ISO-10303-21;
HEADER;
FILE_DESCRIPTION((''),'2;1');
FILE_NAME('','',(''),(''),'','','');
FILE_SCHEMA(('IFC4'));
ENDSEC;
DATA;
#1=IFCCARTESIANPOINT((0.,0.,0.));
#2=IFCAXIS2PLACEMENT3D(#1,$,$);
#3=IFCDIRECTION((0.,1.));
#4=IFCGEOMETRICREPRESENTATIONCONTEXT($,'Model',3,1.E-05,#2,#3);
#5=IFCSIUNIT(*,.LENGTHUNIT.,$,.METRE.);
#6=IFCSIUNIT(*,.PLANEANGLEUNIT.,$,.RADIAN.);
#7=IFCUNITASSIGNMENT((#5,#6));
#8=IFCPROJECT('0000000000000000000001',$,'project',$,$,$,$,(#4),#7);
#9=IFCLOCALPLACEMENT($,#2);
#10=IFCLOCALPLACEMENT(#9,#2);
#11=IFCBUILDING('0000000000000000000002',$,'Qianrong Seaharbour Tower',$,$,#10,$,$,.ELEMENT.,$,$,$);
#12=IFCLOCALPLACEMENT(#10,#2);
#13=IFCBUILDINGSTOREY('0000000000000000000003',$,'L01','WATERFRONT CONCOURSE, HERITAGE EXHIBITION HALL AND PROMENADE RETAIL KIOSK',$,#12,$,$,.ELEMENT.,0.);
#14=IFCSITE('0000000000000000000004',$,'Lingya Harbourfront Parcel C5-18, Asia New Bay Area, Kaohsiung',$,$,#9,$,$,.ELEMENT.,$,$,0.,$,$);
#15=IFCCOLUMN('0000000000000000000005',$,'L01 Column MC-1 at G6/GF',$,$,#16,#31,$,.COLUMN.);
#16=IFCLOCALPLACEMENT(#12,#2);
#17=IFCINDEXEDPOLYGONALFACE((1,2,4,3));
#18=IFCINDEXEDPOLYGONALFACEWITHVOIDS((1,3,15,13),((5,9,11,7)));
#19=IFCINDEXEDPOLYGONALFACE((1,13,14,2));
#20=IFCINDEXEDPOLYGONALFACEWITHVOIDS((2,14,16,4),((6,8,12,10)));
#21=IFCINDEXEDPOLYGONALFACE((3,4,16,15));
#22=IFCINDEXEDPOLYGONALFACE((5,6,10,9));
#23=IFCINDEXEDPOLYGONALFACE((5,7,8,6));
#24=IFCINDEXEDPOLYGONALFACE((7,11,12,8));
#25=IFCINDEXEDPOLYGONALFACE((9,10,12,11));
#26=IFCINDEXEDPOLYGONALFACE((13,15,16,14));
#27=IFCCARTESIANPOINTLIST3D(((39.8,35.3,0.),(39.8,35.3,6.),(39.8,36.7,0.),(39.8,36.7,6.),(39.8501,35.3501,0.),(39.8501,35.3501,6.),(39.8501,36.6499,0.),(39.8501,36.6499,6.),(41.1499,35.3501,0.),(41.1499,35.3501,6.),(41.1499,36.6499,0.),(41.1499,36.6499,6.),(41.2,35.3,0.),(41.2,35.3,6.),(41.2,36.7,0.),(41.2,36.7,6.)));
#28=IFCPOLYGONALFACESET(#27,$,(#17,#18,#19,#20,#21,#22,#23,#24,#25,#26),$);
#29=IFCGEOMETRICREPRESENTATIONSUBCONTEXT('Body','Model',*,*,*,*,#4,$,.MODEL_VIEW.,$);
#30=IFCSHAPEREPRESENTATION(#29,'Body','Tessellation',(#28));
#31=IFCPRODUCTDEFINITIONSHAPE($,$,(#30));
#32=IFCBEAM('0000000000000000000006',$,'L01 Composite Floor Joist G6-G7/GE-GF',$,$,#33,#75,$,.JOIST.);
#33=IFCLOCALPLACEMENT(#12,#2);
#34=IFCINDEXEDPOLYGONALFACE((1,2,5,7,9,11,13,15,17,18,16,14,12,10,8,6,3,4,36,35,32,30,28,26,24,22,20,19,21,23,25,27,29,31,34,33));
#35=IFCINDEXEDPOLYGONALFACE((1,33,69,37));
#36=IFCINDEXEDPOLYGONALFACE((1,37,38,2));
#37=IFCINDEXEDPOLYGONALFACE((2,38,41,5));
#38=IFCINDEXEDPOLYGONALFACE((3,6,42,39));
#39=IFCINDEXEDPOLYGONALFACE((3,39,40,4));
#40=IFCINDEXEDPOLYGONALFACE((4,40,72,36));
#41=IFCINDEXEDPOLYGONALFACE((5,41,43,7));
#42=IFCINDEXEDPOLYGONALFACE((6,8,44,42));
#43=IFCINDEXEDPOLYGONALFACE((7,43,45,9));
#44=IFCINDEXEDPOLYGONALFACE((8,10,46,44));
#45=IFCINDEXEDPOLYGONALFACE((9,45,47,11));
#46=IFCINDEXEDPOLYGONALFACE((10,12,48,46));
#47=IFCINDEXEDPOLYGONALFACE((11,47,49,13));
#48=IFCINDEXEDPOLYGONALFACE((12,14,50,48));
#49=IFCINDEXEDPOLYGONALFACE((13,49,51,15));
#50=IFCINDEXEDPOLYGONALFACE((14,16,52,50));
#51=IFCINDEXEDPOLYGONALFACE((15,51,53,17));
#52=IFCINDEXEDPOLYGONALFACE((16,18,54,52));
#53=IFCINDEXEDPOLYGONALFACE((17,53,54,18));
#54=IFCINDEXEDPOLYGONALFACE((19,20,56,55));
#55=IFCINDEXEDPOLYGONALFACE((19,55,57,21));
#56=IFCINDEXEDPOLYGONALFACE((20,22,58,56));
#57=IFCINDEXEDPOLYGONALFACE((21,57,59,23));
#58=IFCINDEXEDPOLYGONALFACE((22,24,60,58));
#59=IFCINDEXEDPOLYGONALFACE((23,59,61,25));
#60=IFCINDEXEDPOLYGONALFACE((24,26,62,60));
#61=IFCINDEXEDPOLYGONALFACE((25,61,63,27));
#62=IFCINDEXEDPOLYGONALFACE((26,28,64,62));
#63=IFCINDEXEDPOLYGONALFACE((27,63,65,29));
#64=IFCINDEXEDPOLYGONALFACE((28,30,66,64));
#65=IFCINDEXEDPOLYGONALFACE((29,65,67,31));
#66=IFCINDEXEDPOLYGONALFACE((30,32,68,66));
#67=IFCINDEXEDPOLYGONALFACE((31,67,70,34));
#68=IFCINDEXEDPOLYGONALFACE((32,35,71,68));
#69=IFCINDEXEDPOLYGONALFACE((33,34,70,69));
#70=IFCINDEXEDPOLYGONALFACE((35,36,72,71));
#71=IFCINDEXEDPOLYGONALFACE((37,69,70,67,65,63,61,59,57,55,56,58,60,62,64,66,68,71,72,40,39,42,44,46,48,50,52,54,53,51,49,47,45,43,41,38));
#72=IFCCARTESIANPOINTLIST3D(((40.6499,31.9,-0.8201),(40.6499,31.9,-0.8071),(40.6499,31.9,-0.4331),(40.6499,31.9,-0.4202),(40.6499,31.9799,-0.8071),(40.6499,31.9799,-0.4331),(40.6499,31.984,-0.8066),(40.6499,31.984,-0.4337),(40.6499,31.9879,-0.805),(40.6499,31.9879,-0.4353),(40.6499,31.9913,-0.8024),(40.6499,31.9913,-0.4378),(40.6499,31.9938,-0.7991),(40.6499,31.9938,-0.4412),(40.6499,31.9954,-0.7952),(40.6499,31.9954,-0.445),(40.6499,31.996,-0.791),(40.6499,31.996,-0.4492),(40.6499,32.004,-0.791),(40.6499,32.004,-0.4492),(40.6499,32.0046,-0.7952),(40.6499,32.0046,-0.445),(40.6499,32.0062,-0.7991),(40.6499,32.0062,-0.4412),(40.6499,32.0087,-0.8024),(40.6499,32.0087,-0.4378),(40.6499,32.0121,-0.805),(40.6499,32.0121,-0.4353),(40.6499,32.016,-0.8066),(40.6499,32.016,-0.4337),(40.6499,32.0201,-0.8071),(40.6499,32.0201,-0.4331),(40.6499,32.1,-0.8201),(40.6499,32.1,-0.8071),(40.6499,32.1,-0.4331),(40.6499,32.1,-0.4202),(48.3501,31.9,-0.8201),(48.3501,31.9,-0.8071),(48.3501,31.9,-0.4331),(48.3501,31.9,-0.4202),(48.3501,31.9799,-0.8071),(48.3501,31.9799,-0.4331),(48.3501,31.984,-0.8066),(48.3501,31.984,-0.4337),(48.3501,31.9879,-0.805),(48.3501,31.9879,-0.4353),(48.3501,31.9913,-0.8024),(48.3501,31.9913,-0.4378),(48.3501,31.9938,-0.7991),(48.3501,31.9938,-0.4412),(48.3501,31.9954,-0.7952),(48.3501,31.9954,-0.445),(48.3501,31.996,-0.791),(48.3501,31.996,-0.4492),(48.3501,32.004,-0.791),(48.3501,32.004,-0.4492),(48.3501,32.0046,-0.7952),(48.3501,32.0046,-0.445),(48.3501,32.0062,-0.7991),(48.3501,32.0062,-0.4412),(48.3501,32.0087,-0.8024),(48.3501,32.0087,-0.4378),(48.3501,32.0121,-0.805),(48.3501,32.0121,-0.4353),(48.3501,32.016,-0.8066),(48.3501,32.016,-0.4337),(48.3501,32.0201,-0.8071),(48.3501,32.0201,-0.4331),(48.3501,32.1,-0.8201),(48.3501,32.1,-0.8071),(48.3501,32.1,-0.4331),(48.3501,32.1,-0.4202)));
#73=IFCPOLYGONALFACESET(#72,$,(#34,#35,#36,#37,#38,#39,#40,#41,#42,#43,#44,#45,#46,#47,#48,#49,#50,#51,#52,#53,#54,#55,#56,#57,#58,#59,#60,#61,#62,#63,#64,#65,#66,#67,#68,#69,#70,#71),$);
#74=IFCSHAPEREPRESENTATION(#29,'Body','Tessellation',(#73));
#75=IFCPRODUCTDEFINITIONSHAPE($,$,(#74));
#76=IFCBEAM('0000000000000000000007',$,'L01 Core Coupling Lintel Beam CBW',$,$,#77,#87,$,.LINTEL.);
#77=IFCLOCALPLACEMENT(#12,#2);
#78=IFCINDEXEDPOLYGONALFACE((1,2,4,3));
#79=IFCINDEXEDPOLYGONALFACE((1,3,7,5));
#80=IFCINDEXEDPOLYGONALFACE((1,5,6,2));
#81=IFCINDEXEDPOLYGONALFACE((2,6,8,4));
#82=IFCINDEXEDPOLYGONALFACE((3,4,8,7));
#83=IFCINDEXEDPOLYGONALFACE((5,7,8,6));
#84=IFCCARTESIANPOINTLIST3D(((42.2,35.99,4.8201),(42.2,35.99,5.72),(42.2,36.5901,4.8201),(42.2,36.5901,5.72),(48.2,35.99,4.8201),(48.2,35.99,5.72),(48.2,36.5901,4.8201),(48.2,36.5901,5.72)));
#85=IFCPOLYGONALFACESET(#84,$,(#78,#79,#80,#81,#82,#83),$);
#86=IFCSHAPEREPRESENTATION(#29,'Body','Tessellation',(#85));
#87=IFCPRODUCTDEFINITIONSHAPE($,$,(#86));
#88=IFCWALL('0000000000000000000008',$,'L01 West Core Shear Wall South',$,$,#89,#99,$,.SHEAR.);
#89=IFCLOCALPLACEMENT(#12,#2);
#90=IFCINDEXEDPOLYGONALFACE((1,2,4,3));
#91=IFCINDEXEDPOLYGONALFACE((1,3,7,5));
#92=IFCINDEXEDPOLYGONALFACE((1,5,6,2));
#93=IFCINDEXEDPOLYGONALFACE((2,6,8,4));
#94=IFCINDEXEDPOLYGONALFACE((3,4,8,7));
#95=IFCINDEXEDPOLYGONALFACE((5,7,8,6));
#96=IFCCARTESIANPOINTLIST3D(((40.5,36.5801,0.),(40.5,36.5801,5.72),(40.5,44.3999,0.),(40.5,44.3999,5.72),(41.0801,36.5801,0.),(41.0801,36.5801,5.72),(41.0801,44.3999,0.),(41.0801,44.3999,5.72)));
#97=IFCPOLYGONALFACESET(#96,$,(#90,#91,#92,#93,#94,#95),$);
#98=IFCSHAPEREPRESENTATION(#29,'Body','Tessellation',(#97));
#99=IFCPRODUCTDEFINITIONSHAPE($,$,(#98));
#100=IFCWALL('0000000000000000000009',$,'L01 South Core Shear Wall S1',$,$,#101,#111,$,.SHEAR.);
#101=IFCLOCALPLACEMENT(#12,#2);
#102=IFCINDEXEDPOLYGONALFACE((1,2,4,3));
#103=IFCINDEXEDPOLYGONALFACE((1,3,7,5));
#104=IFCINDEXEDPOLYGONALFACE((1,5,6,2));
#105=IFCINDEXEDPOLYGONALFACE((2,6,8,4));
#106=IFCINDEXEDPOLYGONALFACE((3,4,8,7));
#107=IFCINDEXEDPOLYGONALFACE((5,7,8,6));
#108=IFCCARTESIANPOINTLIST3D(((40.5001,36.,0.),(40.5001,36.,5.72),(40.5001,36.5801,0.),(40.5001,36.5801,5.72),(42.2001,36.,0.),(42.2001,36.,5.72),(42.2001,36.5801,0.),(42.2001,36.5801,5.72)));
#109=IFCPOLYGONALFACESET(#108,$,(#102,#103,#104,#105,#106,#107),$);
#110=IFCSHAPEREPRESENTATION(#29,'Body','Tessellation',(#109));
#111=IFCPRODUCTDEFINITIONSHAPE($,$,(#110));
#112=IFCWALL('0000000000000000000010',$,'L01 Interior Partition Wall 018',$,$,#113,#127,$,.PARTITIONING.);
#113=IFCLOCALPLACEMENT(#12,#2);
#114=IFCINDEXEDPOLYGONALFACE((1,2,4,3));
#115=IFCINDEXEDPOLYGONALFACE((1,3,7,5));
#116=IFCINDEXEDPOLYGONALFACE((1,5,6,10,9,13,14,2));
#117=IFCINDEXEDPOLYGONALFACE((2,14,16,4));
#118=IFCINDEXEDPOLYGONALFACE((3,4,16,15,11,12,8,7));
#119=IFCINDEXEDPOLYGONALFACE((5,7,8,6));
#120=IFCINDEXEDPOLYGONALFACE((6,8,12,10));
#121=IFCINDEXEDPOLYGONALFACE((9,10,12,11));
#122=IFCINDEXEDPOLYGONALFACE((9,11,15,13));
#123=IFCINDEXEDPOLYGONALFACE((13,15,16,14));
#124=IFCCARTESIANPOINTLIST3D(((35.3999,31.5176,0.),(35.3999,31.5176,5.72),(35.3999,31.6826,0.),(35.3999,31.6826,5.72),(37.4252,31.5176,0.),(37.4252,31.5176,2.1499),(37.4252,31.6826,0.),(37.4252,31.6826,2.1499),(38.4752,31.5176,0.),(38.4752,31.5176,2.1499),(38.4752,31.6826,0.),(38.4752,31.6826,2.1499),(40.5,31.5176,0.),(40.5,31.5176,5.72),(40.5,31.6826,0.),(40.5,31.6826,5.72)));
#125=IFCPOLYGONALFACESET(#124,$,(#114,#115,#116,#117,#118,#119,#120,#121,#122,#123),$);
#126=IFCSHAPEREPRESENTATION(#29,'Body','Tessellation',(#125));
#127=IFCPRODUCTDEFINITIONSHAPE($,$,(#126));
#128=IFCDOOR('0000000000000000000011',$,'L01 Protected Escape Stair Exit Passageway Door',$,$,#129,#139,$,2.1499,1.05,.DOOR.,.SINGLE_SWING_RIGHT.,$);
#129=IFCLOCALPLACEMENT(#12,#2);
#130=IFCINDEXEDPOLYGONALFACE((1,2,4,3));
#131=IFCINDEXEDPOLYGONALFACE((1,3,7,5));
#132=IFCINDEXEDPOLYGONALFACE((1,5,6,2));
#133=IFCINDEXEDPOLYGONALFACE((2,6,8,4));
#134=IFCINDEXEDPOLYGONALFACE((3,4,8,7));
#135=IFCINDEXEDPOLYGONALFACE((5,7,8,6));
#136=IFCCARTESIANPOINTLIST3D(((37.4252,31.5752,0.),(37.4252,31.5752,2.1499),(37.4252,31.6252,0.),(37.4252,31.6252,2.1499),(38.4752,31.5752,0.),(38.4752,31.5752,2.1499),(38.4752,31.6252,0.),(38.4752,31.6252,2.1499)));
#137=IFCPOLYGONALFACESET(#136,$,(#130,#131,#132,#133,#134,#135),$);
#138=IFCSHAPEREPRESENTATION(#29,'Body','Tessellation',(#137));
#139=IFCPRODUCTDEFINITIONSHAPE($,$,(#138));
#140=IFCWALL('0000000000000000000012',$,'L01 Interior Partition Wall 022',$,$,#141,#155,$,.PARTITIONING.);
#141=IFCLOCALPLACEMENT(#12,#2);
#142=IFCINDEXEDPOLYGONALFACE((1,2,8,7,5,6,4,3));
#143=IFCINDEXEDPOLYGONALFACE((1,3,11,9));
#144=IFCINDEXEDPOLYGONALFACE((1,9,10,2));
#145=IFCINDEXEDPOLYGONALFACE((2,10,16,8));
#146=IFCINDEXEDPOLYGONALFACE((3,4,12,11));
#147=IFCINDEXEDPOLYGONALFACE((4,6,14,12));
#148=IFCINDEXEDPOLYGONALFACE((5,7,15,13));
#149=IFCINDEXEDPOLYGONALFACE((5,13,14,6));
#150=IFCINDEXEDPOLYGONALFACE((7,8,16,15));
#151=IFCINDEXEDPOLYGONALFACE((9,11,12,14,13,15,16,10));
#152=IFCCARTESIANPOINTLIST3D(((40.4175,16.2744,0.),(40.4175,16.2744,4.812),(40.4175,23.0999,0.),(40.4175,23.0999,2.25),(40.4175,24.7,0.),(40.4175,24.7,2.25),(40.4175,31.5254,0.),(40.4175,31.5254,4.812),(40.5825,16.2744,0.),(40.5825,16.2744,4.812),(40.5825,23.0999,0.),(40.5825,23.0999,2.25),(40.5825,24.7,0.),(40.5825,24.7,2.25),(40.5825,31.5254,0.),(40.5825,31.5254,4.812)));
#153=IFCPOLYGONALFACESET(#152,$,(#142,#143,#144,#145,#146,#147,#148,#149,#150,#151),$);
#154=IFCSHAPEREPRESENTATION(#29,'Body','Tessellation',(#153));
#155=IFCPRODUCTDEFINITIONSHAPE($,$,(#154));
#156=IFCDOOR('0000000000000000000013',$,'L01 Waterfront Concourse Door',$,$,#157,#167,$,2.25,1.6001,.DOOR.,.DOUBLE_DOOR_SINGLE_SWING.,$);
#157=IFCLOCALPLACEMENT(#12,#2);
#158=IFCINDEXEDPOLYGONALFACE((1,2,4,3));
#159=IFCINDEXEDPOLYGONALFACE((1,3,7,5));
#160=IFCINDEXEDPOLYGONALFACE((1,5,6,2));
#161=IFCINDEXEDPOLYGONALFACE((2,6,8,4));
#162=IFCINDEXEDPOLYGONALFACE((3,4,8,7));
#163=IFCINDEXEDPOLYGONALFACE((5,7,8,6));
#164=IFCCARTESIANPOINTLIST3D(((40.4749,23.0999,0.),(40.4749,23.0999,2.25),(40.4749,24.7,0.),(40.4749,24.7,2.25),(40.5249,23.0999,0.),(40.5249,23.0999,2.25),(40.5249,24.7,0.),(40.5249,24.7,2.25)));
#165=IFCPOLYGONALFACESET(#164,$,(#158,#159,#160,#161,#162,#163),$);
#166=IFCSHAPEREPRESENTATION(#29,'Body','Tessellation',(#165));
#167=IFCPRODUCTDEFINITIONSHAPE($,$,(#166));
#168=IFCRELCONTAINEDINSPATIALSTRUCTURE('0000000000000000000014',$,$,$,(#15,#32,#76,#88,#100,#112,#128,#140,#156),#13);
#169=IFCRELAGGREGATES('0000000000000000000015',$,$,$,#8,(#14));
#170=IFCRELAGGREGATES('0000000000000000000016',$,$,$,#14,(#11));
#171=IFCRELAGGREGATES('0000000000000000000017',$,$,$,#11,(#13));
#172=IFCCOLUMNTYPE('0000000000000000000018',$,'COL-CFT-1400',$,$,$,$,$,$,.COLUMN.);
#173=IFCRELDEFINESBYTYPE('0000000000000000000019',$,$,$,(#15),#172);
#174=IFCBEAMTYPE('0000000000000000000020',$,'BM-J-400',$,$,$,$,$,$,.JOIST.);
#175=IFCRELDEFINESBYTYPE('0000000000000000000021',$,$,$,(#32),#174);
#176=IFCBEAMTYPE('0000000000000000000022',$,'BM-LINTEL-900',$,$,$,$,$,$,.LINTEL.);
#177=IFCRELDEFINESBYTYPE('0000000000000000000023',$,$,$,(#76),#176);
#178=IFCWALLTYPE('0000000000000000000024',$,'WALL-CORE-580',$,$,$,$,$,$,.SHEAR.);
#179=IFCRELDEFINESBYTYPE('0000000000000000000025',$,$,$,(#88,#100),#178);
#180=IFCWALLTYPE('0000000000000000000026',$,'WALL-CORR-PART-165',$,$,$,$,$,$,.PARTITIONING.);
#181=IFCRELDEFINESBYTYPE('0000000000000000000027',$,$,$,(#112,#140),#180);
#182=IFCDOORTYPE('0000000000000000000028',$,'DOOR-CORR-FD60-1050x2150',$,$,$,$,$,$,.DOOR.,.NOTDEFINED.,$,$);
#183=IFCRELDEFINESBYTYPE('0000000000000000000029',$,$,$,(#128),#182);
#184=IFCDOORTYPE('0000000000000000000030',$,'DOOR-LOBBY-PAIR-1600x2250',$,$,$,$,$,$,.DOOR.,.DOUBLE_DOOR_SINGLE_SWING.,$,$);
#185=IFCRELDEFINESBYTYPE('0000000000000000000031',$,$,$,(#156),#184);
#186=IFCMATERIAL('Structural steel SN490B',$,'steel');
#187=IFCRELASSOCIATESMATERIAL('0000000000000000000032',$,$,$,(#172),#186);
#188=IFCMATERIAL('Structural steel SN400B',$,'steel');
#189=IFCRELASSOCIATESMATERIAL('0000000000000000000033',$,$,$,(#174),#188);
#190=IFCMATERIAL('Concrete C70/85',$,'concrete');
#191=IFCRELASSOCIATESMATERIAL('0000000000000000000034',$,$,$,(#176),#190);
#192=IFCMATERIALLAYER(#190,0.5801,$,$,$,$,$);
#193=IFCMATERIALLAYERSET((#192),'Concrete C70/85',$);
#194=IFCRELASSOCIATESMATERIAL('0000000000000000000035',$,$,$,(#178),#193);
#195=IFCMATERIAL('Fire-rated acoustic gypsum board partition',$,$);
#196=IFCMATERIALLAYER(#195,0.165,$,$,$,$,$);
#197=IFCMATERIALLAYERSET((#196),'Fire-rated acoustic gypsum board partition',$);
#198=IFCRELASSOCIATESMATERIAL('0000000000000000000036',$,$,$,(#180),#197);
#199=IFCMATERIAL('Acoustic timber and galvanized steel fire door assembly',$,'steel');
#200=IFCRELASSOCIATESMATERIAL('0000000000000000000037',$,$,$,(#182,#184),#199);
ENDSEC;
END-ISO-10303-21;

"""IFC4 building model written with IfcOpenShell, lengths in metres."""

from ifc_helpers import new_model, si_unit, direction, frame, frame_2d, origin, origin_2d, place, context, subcontext, project, spatial, rectangle, hollow_rectangle, i_section, extrude, material, layer, layer_set, material_profile, profile_set, type_object, element, fill, save


model = new_model("IFC4")

# Units and contexts
model_context = context("Model", 3, precision=1e-05, world=origin(), true_north=direction((0.0, 1.0)))
body_context = subcontext(model_context, "Body", "Model", "MODEL_VIEW")
ifc_project = project(units=[si_unit("LENGTHUNIT", "METRE"), si_unit("PLANEANGLEUNIT", "RADIAN")], contexts=[model_context])

# Site, building, storey
site_placement = place(None, origin())
site = spatial("IfcSite", under=ifc_project, at=site_placement, Name="Lingya Harbourfront Parcel C5-18, Asia New Bay Area, Kaohsiung", CompositionType="ELEMENT", RefElevation=0.0)
building_placement = place(site_placement, origin())
building = spatial("IfcBuilding", under=site, at=building_placement, Name="Qianrong Seaharbour Tower", CompositionType="ELEMENT")
storey_placement = place(building_placement, origin())
storey = spatial("IfcBuildingStorey", under=building, at=storey_placement, Name="L01", Description="WATERFRONT CONCOURSE, HERITAGE EXHIBITION HALL AND PROMENADE RETAIL KIOSK", CompositionType="ELEMENT", Elevation=0.0)

# Column
ifc_material_1 = material(Name="Structural steel SN490B", Category="steel")
ifc_material_profile_1 = material_profile(ifc_material_1, hollow_rectangle(XDim=1.3999, YDim=1.3999, WallThickness=0.05, at=origin_2d()), Name="BOX1400x1400x50")
ifc_profile_set_1 = profile_set([ifc_material_profile_1], Name="Structural steel SN490B")
column_type = type_object("IfcColumnType", Name="COL-CFT-1400", PredefinedType="COLUMN", material=ifc_profile_set_1)
column_placement = place(storey_placement, frame((40.5, 36.0, 0.0), z_axis=(0.0, 0.0, 1.0), x_axis=(1.0, 0.0, 0.0)))
element("IfcColumn", 1, at=column_placement, inside=storey, type_object=column_type, Name="L01 Column MC-1 at G6/GF", PredefinedType="COLUMN", context=body_context, shape_type="SweptSolid", body=[
    extrude(hollow_rectangle(XDim=1.3999, YDim=1.3999, WallThickness=0.05, at=origin_2d()), origin(), (0.0, 0.0, 1.0), 6.0),
])

# Beams
ifc_material_2 = material(Name="Structural steel SN400B", Category="steel")
ifc_material_profile_2 = material_profile(ifc_material_2, i_section(OverallWidth=0.2, OverallDepth=0.3999, WebThickness=0.0081, FlangeThickness=0.0129, FilletRadius=0.0161, at=origin_2d()), Name="H400x200x8x13")
ifc_profile_set_2 = profile_set([ifc_material_profile_2], Name="Structural steel SN400B")
beam_type_1 = type_object("IfcBeamType", Name="BM-J-400", PredefinedType="JOIST", material=ifc_profile_set_2)
beam_1_placement = place(storey_placement, frame((40.6499, 32.0, -0.6201), z_axis=(1.0, 0.0, 0.0), x_axis=(0.0, 1.0, 0.0)))
element("IfcBeam", 2, at=beam_1_placement, inside=storey, type_object=beam_type_1, Name="L01 Composite Floor Joist G6-G7/GE-GF", PredefinedType="JOIST", context=body_context, shape_type="SweptSolid", body=[
    extrude(i_section(OverallWidth=0.2, OverallDepth=0.3999, WebThickness=0.0081, FlangeThickness=0.0129, FilletRadius=0.0161, at=origin_2d()), origin(), (0.0, 0.0, 1.0), 7.7002),
])
ifc_material_3 = material(Name="Concrete C70/85", Category="concrete")
ifc_material_profile_3 = material_profile(ifc_material_3, rectangle(XDim=0.6001, YDim=0.8999, at=origin_2d()), Name="RC600x900")
ifc_profile_set_3 = profile_set([ifc_material_profile_3], Name="Concrete C70/85")
beam_type_2 = type_object("IfcBeamType", Name="BM-LINTEL-900", PredefinedType="LINTEL", material=ifc_profile_set_3)
beam_2_placement = place(storey_placement, frame((42.2, 36.29, 5.27), z_axis=(1.0, 0.0, 0.0), x_axis=(0.0, 1.0, 0.0)))
element("IfcBeam", 3, at=beam_2_placement, inside=storey, type_object=beam_type_2, Name="L01 Core Coupling Lintel Beam CBW", PredefinedType="LINTEL", context=body_context, shape_type="SweptSolid", body=[
    extrude(rectangle(XDim=0.6001, YDim=0.8999, at=origin_2d()), origin(), (0.0, 0.0, 1.0), 6.0),
])

# Walls
ifc_layer_1 = layer(ifc_material_3, 0.5801)
ifc_layer_set_1 = layer_set([ifc_layer_1], Name="Concrete C70/85")
wall_type_1 = type_object("IfcWallType", Name="WALL-CORE-580", PredefinedType="SHEAR", material=ifc_layer_set_1)
wall_1_placement = place(storey_placement, frame((40.79, 36.5801, 0.0), z_axis=(0.0, 0.0, 1.0), x_axis=(0.0, 1.0, 0.0)))
element("IfcWall", 4, at=wall_1_placement, inside=storey, type_object=wall_type_1, Name="L01 West Core Shear Wall South", PredefinedType="SHEAR", context=body_context, shape_type="SweptSolid", body=[
    extrude(rectangle(XDim=7.8198, YDim=0.5801, at=frame_2d((3.9099, 0.0))), origin(), (0.0, 0.0, 1.0), 5.72),
])
wall_2_placement = place(storey_placement, frame((40.5, 36.29, 0.0), z_axis=(0.0, 0.0, 1.0), x_axis=(1.0, 0.0, 0.0)))
element("IfcWall", 5, at=wall_2_placement, inside=storey, type_object=wall_type_1, Name="L01 South Core Shear Wall S1", PredefinedType="SHEAR", context=body_context, shape_type="SweptSolid", body=[
    extrude(rectangle(XDim=1.7, YDim=0.5801, at=frame_2d((0.8501, 0.0))), origin(), (0.0, 0.0, 1.0), 5.72),
])

# Walls, openings, doors
ifc_material_4 = material(Name="Fire-rated acoustic gypsum board partition")
ifc_layer_2 = layer(ifc_material_4, 0.165)
ifc_layer_set_2 = layer_set([ifc_layer_2], Name="Fire-rated acoustic gypsum board partition")
wall_type_2 = type_object("IfcWallType", Name="WALL-CORR-PART-165", PredefinedType="PARTITIONING", material=ifc_layer_set_2)
wall_3_placement = place(storey_placement, frame((40.5, 31.6001, 0.0), z_axis=(0.0, 0.0, 1.0), x_axis=(-1.0, 0.0, 0.0)))
wall_3 = element("IfcWall", 6, at=wall_3_placement, inside=storey, type_object=wall_type_2, Name="L01 Interior Partition Wall 018", PredefinedType="PARTITIONING", context=body_context, shape_type="SweptSolid", body=[
    extrude(rectangle(XDim=5.1001, YDim=0.165, at=frame_2d((2.55, 0.0))), origin(), (0.0, 0.0, 1.0), 5.72),
])
opening_1_placement = place(wall_3_placement, frame((2.0249, 0.0, 0.0)))
opening_1 = element("IfcOpeningElement", 7, at=opening_1_placement, cuts=wall_3, PredefinedType="OPENING", context=body_context, shape_type="SweptSolid", body=[
    extrude(rectangle(XDim=1.05, YDim=2.1499, at=frame_2d((0.5249, 1.075))), frame((0.0, 0.0925, 0.0), z_axis=(0.0, -1.0, 0.0), x_axis=(1.0, 0.0, 0.0)), (0.0, 0.0, 1.0), 0.1851),
])
ifc_material_5 = material(Name="Acoustic timber and galvanized steel fire door assembly", Category="steel")
door_type_1 = type_object("IfcDoorType", Name="DOOR-CORR-FD60-1050x2150", OperationType="NOTDEFINED", PredefinedType="DOOR", material=ifc_material_5)
door_1_placement = place(opening_1_placement, origin())
door_1 = element("IfcDoor", 8, at=door_1_placement, inside=storey, type_object=door_type_1, Name="L01 Protected Escape Stair Exit Passageway Door", OperationType="SINGLE_SWING_RIGHT", OverallHeight=2.1499, OverallWidth=1.05, PredefinedType="DOOR", context=body_context, shape_type="SweptSolid", body=[
    extrude(rectangle(XDim=1.05, YDim=2.1499, at=frame_2d((0.5249, 1.075))), frame((0.0, 0.0249, 0.0), z_axis=(0.0, -1.0, 0.0), x_axis=(1.0, 0.0, 0.0)), (0.0, 0.0, 1.0), 0.05),
])
fill(opening_1, door_1)
wall_4_placement = place(storey_placement, frame((40.5, 31.5254, 0.0), z_axis=(0.0, 0.0, 1.0), x_axis=(0.0, -1.0, 0.0)))
wall_4 = element("IfcWall", 9, at=wall_4_placement, inside=storey, type_object=wall_type_2, Name="L01 Interior Partition Wall 022", PredefinedType="PARTITIONING", context=body_context, shape_type="SweptSolid", body=[
    extrude(rectangle(XDim=15.251, YDim=0.165, at=frame_2d((7.6255, 0.0))), origin(), (0.0, 0.0, 1.0), 4.812),
])
opening_2_placement = place(wall_4_placement, frame((6.8254, 0.0, 0.0)))
opening_2 = element("IfcOpeningElement", 10, at=opening_2_placement, cuts=wall_4, PredefinedType="OPENING", context=body_context, shape_type="SweptSolid", body=[
    extrude(rectangle(XDim=1.6001, YDim=2.25, at=frame_2d((0.8, 1.125))), frame((0.0, 0.0925, 0.0), z_axis=(0.0, -1.0, 0.0), x_axis=(1.0, 0.0, 0.0)), (0.0, 0.0, 1.0), 0.1851),
])
door_type_2 = type_object("IfcDoorType", Name="DOOR-LOBBY-PAIR-1600x2250", OperationType="DOUBLE_DOOR_SINGLE_SWING", PredefinedType="DOOR", material=ifc_material_5)
door_2_placement = place(opening_2_placement, origin())
door_2 = element("IfcDoor", 11, at=door_2_placement, inside=storey, type_object=door_type_2, Name="L01 Waterfront Concourse Door", OperationType="DOUBLE_DOOR_SINGLE_SWING", OverallHeight=2.25, OverallWidth=1.6001, PredefinedType="DOOR", context=body_context, shape_type="SweptSolid", body=[
    extrude(rectangle(XDim=1.6001, YDim=2.25, at=frame_2d((0.8, 1.125))), frame((0.0, 0.0249, 0.0), z_axis=(0.0, -1.0, 0.0), x_axis=(1.0, 0.0, 0.0)), (0.0, 0.0, 1.0), 0.05),
])
fill(opening_2, door_2)

save(model, "model.ifc")
